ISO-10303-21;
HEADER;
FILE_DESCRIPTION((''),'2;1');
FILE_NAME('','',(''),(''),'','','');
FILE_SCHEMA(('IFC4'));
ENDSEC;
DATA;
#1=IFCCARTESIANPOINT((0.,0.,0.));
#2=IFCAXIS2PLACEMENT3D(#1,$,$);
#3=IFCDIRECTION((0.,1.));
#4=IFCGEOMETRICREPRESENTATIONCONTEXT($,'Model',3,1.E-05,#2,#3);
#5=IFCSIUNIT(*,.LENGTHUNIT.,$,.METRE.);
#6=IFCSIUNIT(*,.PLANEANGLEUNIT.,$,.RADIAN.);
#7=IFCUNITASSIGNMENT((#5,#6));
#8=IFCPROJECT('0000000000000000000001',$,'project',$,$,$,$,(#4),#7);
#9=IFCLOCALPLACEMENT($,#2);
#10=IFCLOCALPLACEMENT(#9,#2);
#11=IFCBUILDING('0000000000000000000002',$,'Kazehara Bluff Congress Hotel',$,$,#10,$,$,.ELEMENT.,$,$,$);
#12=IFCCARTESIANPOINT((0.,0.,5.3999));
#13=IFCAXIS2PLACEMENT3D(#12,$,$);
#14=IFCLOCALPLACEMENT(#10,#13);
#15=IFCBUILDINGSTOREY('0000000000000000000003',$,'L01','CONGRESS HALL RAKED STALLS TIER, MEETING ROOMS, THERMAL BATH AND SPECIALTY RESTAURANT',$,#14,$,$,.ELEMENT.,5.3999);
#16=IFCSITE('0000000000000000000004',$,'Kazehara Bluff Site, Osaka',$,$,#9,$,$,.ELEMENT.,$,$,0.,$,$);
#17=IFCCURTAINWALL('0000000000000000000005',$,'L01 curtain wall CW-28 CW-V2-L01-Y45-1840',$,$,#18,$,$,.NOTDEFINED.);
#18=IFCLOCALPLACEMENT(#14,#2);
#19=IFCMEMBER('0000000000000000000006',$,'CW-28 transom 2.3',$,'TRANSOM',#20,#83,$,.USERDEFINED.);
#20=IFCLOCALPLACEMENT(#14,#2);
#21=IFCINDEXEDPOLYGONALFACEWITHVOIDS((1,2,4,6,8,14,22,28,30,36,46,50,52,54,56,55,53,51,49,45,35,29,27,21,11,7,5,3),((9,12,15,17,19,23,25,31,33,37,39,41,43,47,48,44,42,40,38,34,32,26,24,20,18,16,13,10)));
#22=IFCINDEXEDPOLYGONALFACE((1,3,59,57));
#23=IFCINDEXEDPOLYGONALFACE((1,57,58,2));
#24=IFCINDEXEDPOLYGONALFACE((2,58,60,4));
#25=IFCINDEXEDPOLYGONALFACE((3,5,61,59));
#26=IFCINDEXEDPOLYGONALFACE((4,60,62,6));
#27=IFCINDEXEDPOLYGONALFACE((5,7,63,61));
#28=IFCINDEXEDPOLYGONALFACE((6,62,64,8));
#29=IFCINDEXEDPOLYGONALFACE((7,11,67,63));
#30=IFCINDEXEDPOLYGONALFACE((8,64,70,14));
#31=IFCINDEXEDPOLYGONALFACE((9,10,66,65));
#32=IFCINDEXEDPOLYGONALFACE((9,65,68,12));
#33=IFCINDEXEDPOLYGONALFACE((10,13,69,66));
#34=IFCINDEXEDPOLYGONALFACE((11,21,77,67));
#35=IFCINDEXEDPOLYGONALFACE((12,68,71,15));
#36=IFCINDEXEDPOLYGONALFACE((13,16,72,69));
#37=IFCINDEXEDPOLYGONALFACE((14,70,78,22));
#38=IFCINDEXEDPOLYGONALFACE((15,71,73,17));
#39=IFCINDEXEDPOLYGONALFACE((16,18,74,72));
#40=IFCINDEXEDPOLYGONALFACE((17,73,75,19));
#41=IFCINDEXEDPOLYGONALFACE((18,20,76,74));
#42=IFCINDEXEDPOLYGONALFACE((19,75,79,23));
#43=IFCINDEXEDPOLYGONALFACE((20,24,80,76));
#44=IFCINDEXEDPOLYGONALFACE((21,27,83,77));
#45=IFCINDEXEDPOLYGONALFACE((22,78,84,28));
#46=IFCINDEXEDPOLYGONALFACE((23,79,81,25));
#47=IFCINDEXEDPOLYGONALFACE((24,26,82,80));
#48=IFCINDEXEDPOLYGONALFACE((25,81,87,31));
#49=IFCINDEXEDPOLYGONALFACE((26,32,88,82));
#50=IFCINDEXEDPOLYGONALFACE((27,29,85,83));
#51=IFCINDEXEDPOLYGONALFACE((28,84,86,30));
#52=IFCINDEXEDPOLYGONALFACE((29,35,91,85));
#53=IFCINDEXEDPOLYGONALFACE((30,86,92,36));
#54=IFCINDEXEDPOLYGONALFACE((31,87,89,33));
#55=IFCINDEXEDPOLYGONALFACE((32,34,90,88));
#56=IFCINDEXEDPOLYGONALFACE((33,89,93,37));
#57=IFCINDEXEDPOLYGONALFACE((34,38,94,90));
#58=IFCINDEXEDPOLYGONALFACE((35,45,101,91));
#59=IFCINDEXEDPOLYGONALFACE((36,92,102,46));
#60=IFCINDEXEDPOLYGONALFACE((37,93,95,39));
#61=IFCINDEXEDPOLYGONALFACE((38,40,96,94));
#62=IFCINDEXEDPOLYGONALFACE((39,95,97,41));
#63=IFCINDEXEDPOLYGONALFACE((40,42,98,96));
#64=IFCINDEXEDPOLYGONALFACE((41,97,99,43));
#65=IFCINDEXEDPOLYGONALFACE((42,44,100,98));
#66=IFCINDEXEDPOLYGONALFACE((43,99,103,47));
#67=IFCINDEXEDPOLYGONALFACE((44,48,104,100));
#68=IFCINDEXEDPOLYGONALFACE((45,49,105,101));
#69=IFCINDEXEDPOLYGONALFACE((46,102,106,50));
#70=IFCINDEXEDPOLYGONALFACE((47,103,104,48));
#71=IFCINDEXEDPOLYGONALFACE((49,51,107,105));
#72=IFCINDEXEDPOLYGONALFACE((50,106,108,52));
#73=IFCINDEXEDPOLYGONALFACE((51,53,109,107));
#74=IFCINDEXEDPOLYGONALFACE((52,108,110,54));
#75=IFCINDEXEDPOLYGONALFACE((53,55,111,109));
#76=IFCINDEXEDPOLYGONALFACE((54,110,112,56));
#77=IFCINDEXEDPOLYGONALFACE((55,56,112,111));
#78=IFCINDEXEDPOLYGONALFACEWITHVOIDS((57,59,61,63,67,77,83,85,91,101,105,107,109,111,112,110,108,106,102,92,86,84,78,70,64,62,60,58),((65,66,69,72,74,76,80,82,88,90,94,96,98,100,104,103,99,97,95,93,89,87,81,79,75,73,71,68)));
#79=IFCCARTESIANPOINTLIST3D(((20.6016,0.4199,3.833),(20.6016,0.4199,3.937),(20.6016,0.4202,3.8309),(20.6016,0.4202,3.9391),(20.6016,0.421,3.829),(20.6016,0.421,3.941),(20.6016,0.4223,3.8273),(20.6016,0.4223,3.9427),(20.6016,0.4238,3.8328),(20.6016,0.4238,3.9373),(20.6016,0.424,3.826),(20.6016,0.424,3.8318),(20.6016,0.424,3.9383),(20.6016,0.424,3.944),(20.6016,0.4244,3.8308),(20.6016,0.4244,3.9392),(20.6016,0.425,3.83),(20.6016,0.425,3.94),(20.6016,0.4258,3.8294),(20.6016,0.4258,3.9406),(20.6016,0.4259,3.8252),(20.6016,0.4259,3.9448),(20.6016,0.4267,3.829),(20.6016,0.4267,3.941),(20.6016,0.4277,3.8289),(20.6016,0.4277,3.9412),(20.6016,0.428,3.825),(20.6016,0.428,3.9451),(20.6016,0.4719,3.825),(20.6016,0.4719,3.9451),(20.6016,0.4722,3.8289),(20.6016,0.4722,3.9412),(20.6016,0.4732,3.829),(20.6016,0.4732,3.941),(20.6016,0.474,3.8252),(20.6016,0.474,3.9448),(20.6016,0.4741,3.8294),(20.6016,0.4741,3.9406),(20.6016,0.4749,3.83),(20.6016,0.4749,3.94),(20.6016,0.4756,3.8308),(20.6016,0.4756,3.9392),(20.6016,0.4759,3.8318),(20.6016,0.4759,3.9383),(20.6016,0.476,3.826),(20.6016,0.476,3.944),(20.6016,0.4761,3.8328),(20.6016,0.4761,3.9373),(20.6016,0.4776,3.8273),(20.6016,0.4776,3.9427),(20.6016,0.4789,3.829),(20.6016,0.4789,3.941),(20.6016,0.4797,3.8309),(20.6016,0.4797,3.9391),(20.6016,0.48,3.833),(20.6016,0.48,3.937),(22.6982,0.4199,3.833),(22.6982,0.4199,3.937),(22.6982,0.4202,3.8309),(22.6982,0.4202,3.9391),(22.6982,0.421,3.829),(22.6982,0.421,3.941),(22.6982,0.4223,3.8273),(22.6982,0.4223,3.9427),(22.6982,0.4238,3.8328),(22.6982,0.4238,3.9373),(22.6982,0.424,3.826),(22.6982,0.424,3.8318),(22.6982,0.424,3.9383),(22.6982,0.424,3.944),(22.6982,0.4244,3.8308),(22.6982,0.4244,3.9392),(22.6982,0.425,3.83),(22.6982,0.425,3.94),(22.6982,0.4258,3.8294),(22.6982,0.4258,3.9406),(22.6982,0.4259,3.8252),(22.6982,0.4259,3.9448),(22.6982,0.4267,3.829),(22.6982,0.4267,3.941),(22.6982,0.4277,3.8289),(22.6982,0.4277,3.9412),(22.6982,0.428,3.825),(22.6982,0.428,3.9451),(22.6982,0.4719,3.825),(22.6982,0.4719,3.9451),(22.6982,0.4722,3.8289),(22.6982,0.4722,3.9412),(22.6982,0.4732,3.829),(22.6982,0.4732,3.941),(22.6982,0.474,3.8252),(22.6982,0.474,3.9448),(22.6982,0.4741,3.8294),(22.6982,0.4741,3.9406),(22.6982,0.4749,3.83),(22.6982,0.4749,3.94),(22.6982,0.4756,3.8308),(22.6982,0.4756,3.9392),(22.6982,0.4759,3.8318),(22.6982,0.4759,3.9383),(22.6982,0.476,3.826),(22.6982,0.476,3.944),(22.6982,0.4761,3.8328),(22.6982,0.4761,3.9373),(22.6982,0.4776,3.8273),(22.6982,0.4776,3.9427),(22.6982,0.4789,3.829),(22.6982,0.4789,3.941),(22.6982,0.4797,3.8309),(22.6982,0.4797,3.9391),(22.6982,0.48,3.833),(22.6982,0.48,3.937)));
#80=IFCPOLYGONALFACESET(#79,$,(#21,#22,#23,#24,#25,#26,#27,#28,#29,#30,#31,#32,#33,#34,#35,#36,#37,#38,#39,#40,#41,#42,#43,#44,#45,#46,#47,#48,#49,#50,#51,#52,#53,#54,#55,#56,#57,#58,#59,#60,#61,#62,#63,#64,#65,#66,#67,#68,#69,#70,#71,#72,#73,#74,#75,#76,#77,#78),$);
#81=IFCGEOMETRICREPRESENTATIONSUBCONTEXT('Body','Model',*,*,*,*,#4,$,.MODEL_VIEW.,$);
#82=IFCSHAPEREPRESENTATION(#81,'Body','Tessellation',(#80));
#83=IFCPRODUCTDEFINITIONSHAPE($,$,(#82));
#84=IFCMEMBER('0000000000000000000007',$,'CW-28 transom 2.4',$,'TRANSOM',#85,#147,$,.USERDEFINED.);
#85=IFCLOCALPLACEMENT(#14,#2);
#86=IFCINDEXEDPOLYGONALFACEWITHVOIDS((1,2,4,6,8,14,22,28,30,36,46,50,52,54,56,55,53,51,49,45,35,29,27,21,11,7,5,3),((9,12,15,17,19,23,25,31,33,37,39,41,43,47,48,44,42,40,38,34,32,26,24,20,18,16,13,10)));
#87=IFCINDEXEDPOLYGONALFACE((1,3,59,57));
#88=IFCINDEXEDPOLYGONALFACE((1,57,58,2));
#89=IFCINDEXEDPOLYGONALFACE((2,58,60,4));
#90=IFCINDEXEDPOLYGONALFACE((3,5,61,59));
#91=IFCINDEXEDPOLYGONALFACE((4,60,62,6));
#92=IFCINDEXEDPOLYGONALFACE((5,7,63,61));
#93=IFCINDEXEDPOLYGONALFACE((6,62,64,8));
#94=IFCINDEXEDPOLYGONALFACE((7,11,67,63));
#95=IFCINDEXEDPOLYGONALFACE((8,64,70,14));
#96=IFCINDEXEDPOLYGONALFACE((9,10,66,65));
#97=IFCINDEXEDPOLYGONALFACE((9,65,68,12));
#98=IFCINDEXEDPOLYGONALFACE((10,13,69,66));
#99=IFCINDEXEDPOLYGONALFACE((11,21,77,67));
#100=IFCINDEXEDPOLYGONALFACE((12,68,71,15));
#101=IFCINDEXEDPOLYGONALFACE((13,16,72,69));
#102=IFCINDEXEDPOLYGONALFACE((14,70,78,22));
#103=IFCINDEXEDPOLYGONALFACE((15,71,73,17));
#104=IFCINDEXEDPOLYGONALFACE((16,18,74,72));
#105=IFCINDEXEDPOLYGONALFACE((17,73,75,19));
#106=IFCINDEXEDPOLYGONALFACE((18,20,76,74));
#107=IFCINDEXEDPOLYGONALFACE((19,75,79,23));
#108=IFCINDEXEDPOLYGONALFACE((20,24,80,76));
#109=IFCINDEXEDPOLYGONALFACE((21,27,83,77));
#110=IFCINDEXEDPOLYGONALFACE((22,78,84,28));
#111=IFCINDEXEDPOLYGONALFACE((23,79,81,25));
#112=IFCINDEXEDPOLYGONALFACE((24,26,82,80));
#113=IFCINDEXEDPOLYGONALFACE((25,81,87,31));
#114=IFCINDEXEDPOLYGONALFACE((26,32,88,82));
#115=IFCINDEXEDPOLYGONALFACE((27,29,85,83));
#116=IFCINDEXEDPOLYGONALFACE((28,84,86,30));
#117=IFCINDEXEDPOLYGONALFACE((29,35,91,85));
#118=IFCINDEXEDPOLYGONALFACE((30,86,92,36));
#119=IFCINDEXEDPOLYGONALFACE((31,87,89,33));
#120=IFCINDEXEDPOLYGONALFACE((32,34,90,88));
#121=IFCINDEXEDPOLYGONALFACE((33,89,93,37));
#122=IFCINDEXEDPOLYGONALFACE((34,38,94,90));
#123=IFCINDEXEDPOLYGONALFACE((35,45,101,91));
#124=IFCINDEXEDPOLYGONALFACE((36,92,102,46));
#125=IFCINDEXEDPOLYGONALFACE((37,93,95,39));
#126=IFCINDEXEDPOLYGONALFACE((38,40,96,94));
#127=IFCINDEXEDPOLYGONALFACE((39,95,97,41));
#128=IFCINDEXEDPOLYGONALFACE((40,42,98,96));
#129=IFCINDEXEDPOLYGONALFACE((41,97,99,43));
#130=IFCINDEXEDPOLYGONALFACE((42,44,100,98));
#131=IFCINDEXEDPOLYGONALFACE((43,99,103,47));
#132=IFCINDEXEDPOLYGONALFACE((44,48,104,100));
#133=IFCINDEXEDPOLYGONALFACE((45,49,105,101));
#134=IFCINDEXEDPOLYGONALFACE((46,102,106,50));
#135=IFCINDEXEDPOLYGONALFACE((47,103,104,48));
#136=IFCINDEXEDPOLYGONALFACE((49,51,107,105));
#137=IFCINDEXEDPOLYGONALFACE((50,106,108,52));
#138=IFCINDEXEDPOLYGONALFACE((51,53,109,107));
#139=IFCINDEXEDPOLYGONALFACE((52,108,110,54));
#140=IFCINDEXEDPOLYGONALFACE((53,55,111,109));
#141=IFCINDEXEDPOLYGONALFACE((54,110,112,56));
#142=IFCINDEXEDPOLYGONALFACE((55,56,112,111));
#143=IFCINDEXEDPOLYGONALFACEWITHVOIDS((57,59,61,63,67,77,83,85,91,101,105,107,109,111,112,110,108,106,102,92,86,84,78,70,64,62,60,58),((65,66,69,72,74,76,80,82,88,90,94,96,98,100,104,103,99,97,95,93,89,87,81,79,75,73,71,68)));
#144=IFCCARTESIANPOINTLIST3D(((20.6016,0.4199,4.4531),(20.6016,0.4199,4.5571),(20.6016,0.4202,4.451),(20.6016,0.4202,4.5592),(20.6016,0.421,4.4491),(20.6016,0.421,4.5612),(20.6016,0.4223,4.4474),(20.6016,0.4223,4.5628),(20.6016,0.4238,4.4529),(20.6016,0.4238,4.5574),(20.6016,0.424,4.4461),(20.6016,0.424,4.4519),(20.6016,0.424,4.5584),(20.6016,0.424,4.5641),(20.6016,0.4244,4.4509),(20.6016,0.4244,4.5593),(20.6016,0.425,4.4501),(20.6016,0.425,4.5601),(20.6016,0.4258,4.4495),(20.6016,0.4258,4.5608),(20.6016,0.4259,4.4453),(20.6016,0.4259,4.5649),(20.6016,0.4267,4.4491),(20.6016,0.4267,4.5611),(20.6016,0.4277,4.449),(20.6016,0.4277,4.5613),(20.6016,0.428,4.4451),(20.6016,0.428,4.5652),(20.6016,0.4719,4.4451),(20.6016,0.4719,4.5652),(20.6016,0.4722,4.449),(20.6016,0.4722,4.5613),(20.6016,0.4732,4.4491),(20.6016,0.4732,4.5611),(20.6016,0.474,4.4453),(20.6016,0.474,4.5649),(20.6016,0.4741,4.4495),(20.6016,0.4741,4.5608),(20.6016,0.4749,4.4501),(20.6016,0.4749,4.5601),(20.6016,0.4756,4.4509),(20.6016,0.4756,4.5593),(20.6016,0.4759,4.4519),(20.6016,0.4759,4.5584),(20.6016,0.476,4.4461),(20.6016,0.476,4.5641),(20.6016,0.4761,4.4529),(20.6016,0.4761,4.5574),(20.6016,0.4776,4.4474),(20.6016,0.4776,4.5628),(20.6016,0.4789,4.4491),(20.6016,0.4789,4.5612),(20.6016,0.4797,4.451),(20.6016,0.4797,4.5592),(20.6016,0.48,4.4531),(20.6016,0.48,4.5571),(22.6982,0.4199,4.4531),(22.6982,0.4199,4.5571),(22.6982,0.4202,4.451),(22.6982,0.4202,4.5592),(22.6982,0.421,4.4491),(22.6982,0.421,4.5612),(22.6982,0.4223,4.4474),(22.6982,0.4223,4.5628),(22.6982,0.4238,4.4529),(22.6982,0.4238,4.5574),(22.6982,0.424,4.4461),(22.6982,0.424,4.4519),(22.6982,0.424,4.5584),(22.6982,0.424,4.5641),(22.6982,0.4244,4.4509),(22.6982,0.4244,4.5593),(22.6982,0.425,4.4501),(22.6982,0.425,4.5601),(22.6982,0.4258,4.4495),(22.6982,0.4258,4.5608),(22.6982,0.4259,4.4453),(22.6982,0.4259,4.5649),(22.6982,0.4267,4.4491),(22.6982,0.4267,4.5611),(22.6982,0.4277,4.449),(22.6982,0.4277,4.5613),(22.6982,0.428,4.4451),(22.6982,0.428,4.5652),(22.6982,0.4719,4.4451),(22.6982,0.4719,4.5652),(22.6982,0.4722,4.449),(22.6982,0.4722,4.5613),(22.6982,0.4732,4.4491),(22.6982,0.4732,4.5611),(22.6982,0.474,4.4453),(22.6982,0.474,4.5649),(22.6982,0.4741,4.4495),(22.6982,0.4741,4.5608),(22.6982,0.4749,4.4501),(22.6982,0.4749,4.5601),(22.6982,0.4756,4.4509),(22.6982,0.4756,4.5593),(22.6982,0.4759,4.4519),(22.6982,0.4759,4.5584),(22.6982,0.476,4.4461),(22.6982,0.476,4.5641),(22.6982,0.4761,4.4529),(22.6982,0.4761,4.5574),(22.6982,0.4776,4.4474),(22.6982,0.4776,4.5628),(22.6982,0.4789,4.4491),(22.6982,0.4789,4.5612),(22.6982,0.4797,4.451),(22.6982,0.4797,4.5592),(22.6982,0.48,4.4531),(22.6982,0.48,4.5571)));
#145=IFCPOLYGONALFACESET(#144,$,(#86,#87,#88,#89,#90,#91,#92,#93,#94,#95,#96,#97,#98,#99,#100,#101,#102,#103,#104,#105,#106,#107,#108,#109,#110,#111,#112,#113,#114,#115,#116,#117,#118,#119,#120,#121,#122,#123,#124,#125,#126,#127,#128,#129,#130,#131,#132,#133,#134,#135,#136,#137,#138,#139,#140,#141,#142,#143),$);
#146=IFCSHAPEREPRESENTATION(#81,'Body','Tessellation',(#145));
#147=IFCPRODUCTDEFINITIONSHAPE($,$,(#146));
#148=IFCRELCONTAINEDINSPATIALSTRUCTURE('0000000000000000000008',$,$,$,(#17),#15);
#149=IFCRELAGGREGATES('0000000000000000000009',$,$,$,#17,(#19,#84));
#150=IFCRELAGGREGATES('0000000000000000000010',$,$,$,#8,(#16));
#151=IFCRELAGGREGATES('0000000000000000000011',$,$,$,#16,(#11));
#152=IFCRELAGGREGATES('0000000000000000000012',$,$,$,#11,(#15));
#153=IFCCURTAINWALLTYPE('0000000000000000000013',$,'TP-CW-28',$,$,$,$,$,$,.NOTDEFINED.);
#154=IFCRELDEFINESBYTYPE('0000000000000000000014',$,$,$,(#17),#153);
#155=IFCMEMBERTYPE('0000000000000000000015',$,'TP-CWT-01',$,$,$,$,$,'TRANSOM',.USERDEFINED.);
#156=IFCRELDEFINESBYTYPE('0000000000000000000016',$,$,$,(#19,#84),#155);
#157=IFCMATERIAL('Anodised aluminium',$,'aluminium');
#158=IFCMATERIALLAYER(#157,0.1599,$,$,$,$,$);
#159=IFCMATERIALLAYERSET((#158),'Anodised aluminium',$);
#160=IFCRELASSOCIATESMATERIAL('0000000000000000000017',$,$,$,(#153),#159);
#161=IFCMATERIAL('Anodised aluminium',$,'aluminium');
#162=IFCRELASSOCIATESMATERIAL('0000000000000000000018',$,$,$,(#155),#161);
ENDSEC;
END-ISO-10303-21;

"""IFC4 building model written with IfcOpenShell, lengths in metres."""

from ifc_helpers import new_model, si_unit, direction, frame, origin, origin_2d, place, context, subcontext, project, spatial, hollow_rectangle, extrude, material, layer, layer_set, material_profile, profile_set, type_object, element, aggregate, save


model = new_model("IFC4")

# Units and contexts
model_context = context("Model", 3, precision=1e-05, world=origin(), true_north=direction((0.0, 1.0)))
body_context = subcontext(model_context, "Body", "Model", "MODEL_VIEW")
ifc_project = project(units=[si_unit("LENGTHUNIT", "METRE"), si_unit("PLANEANGLEUNIT", "RADIAN")], contexts=[model_context])

# Site, building, storey
site_placement = place(None, origin())
site = spatial("IfcSite", under=ifc_project, at=site_placement, Name="Kazehara Bluff Site, Osaka", CompositionType="ELEMENT", RefElevation=0.0)
building_placement = place(site_placement, origin())
building = spatial("IfcBuilding", under=site, at=building_placement, Name="Kazehara Bluff Congress Hotel", CompositionType="ELEMENT")
storey_placement = place(building_placement, frame((0.0, 0.0, 5.3999)))
storey = spatial("IfcBuildingStorey", under=building, at=storey_placement, Name="L01", Description="CONGRESS HALL RAKED STALLS TIER, MEETING ROOMS, THERMAL BATH AND SPECIALTY RESTAURANT", CompositionType="ELEMENT", Elevation=5.3999)

# Curtain wall, members
ifc_material_1 = material(Name="Anodised aluminium", Category="aluminium")
ifc_layer_1 = layer(ifc_material_1, 0.1599)
ifc_layer_set_1 = layer_set([ifc_layer_1], Name="Anodised aluminium")
curtain_wall_type_1 = type_object("IfcCurtainWallType", Name="TP-CW-28", PredefinedType="NOTDEFINED", material=ifc_layer_set_1)
curtain_wall_1_placement = place(storey_placement, origin())
curtain_wall_1 = element("IfcCurtainWall", 1, at=curtain_wall_1_placement, inside=storey, type_object=curtain_wall_type_1, Name="L01 curtain wall CW-28 CW-V2-L01-Y45-1840", PredefinedType="NOTDEFINED")
ifc_material_2 = material(Name="Anodised aluminium", Category="aluminium")
ifc_material_profile_1 = material_profile(ifc_material_2, hollow_rectangle(XDim=0.0601, YDim=0.1201, WallThickness=0.0039, InnerFilletRadius=0.0039, OuterFilletRadius=0.0081, at=origin_2d()))
ifc_profile_set_1 = profile_set([ifc_material_profile_1], Name="Anodised aluminium")
member_type_1 = type_object("IfcMemberType", Name="TP-CWT-01", ElementType="TRANSOM", PredefinedType="USERDEFINED", material=ifc_profile_set_1)
member_1_placement = place(storey_placement, frame((20.6016, 0.45, 3.885), z_axis=(1.0, 0.0, 0.0), x_axis=(0.0, 1.0, 0.0)))
member_1 = element("IfcMember", 2, at=member_1_placement, type_object=member_type_1, Name="CW-28 transom 2.3", ObjectType="TRANSOM", PredefinedType="USERDEFINED", context=body_context, shape_type="SweptSolid", body=[
    extrude(hollow_rectangle(XDim=0.0601, YDim=0.1201, WallThickness=0.0039, InnerFilletRadius=0.0039, OuterFilletRadius=0.0081, at=origin_2d()), origin(), (0.0, 0.0, 1.0), 2.0967),
])
member_2_placement = place(storey_placement, frame((20.6016, 0.45, 4.5051), z_axis=(1.0, 0.0, 0.0), x_axis=(0.0, 1.0, 0.0)))
member_2 = element("IfcMember", 3, at=member_2_placement, type_object=member_type_1, Name="CW-28 transom 2.4", ObjectType="TRANSOM", PredefinedType="USERDEFINED", context=body_context, shape_type="SweptSolid", body=[
    extrude(hollow_rectangle(XDim=0.0601, YDim=0.1201, WallThickness=0.0039, InnerFilletRadius=0.0039, OuterFilletRadius=0.0081, at=origin_2d()), origin(), (0.0, 0.0, 1.0), 2.0967),
])

aggregate(curtain_wall_1, [member_1, member_2])

save(model, "model.ifc")
